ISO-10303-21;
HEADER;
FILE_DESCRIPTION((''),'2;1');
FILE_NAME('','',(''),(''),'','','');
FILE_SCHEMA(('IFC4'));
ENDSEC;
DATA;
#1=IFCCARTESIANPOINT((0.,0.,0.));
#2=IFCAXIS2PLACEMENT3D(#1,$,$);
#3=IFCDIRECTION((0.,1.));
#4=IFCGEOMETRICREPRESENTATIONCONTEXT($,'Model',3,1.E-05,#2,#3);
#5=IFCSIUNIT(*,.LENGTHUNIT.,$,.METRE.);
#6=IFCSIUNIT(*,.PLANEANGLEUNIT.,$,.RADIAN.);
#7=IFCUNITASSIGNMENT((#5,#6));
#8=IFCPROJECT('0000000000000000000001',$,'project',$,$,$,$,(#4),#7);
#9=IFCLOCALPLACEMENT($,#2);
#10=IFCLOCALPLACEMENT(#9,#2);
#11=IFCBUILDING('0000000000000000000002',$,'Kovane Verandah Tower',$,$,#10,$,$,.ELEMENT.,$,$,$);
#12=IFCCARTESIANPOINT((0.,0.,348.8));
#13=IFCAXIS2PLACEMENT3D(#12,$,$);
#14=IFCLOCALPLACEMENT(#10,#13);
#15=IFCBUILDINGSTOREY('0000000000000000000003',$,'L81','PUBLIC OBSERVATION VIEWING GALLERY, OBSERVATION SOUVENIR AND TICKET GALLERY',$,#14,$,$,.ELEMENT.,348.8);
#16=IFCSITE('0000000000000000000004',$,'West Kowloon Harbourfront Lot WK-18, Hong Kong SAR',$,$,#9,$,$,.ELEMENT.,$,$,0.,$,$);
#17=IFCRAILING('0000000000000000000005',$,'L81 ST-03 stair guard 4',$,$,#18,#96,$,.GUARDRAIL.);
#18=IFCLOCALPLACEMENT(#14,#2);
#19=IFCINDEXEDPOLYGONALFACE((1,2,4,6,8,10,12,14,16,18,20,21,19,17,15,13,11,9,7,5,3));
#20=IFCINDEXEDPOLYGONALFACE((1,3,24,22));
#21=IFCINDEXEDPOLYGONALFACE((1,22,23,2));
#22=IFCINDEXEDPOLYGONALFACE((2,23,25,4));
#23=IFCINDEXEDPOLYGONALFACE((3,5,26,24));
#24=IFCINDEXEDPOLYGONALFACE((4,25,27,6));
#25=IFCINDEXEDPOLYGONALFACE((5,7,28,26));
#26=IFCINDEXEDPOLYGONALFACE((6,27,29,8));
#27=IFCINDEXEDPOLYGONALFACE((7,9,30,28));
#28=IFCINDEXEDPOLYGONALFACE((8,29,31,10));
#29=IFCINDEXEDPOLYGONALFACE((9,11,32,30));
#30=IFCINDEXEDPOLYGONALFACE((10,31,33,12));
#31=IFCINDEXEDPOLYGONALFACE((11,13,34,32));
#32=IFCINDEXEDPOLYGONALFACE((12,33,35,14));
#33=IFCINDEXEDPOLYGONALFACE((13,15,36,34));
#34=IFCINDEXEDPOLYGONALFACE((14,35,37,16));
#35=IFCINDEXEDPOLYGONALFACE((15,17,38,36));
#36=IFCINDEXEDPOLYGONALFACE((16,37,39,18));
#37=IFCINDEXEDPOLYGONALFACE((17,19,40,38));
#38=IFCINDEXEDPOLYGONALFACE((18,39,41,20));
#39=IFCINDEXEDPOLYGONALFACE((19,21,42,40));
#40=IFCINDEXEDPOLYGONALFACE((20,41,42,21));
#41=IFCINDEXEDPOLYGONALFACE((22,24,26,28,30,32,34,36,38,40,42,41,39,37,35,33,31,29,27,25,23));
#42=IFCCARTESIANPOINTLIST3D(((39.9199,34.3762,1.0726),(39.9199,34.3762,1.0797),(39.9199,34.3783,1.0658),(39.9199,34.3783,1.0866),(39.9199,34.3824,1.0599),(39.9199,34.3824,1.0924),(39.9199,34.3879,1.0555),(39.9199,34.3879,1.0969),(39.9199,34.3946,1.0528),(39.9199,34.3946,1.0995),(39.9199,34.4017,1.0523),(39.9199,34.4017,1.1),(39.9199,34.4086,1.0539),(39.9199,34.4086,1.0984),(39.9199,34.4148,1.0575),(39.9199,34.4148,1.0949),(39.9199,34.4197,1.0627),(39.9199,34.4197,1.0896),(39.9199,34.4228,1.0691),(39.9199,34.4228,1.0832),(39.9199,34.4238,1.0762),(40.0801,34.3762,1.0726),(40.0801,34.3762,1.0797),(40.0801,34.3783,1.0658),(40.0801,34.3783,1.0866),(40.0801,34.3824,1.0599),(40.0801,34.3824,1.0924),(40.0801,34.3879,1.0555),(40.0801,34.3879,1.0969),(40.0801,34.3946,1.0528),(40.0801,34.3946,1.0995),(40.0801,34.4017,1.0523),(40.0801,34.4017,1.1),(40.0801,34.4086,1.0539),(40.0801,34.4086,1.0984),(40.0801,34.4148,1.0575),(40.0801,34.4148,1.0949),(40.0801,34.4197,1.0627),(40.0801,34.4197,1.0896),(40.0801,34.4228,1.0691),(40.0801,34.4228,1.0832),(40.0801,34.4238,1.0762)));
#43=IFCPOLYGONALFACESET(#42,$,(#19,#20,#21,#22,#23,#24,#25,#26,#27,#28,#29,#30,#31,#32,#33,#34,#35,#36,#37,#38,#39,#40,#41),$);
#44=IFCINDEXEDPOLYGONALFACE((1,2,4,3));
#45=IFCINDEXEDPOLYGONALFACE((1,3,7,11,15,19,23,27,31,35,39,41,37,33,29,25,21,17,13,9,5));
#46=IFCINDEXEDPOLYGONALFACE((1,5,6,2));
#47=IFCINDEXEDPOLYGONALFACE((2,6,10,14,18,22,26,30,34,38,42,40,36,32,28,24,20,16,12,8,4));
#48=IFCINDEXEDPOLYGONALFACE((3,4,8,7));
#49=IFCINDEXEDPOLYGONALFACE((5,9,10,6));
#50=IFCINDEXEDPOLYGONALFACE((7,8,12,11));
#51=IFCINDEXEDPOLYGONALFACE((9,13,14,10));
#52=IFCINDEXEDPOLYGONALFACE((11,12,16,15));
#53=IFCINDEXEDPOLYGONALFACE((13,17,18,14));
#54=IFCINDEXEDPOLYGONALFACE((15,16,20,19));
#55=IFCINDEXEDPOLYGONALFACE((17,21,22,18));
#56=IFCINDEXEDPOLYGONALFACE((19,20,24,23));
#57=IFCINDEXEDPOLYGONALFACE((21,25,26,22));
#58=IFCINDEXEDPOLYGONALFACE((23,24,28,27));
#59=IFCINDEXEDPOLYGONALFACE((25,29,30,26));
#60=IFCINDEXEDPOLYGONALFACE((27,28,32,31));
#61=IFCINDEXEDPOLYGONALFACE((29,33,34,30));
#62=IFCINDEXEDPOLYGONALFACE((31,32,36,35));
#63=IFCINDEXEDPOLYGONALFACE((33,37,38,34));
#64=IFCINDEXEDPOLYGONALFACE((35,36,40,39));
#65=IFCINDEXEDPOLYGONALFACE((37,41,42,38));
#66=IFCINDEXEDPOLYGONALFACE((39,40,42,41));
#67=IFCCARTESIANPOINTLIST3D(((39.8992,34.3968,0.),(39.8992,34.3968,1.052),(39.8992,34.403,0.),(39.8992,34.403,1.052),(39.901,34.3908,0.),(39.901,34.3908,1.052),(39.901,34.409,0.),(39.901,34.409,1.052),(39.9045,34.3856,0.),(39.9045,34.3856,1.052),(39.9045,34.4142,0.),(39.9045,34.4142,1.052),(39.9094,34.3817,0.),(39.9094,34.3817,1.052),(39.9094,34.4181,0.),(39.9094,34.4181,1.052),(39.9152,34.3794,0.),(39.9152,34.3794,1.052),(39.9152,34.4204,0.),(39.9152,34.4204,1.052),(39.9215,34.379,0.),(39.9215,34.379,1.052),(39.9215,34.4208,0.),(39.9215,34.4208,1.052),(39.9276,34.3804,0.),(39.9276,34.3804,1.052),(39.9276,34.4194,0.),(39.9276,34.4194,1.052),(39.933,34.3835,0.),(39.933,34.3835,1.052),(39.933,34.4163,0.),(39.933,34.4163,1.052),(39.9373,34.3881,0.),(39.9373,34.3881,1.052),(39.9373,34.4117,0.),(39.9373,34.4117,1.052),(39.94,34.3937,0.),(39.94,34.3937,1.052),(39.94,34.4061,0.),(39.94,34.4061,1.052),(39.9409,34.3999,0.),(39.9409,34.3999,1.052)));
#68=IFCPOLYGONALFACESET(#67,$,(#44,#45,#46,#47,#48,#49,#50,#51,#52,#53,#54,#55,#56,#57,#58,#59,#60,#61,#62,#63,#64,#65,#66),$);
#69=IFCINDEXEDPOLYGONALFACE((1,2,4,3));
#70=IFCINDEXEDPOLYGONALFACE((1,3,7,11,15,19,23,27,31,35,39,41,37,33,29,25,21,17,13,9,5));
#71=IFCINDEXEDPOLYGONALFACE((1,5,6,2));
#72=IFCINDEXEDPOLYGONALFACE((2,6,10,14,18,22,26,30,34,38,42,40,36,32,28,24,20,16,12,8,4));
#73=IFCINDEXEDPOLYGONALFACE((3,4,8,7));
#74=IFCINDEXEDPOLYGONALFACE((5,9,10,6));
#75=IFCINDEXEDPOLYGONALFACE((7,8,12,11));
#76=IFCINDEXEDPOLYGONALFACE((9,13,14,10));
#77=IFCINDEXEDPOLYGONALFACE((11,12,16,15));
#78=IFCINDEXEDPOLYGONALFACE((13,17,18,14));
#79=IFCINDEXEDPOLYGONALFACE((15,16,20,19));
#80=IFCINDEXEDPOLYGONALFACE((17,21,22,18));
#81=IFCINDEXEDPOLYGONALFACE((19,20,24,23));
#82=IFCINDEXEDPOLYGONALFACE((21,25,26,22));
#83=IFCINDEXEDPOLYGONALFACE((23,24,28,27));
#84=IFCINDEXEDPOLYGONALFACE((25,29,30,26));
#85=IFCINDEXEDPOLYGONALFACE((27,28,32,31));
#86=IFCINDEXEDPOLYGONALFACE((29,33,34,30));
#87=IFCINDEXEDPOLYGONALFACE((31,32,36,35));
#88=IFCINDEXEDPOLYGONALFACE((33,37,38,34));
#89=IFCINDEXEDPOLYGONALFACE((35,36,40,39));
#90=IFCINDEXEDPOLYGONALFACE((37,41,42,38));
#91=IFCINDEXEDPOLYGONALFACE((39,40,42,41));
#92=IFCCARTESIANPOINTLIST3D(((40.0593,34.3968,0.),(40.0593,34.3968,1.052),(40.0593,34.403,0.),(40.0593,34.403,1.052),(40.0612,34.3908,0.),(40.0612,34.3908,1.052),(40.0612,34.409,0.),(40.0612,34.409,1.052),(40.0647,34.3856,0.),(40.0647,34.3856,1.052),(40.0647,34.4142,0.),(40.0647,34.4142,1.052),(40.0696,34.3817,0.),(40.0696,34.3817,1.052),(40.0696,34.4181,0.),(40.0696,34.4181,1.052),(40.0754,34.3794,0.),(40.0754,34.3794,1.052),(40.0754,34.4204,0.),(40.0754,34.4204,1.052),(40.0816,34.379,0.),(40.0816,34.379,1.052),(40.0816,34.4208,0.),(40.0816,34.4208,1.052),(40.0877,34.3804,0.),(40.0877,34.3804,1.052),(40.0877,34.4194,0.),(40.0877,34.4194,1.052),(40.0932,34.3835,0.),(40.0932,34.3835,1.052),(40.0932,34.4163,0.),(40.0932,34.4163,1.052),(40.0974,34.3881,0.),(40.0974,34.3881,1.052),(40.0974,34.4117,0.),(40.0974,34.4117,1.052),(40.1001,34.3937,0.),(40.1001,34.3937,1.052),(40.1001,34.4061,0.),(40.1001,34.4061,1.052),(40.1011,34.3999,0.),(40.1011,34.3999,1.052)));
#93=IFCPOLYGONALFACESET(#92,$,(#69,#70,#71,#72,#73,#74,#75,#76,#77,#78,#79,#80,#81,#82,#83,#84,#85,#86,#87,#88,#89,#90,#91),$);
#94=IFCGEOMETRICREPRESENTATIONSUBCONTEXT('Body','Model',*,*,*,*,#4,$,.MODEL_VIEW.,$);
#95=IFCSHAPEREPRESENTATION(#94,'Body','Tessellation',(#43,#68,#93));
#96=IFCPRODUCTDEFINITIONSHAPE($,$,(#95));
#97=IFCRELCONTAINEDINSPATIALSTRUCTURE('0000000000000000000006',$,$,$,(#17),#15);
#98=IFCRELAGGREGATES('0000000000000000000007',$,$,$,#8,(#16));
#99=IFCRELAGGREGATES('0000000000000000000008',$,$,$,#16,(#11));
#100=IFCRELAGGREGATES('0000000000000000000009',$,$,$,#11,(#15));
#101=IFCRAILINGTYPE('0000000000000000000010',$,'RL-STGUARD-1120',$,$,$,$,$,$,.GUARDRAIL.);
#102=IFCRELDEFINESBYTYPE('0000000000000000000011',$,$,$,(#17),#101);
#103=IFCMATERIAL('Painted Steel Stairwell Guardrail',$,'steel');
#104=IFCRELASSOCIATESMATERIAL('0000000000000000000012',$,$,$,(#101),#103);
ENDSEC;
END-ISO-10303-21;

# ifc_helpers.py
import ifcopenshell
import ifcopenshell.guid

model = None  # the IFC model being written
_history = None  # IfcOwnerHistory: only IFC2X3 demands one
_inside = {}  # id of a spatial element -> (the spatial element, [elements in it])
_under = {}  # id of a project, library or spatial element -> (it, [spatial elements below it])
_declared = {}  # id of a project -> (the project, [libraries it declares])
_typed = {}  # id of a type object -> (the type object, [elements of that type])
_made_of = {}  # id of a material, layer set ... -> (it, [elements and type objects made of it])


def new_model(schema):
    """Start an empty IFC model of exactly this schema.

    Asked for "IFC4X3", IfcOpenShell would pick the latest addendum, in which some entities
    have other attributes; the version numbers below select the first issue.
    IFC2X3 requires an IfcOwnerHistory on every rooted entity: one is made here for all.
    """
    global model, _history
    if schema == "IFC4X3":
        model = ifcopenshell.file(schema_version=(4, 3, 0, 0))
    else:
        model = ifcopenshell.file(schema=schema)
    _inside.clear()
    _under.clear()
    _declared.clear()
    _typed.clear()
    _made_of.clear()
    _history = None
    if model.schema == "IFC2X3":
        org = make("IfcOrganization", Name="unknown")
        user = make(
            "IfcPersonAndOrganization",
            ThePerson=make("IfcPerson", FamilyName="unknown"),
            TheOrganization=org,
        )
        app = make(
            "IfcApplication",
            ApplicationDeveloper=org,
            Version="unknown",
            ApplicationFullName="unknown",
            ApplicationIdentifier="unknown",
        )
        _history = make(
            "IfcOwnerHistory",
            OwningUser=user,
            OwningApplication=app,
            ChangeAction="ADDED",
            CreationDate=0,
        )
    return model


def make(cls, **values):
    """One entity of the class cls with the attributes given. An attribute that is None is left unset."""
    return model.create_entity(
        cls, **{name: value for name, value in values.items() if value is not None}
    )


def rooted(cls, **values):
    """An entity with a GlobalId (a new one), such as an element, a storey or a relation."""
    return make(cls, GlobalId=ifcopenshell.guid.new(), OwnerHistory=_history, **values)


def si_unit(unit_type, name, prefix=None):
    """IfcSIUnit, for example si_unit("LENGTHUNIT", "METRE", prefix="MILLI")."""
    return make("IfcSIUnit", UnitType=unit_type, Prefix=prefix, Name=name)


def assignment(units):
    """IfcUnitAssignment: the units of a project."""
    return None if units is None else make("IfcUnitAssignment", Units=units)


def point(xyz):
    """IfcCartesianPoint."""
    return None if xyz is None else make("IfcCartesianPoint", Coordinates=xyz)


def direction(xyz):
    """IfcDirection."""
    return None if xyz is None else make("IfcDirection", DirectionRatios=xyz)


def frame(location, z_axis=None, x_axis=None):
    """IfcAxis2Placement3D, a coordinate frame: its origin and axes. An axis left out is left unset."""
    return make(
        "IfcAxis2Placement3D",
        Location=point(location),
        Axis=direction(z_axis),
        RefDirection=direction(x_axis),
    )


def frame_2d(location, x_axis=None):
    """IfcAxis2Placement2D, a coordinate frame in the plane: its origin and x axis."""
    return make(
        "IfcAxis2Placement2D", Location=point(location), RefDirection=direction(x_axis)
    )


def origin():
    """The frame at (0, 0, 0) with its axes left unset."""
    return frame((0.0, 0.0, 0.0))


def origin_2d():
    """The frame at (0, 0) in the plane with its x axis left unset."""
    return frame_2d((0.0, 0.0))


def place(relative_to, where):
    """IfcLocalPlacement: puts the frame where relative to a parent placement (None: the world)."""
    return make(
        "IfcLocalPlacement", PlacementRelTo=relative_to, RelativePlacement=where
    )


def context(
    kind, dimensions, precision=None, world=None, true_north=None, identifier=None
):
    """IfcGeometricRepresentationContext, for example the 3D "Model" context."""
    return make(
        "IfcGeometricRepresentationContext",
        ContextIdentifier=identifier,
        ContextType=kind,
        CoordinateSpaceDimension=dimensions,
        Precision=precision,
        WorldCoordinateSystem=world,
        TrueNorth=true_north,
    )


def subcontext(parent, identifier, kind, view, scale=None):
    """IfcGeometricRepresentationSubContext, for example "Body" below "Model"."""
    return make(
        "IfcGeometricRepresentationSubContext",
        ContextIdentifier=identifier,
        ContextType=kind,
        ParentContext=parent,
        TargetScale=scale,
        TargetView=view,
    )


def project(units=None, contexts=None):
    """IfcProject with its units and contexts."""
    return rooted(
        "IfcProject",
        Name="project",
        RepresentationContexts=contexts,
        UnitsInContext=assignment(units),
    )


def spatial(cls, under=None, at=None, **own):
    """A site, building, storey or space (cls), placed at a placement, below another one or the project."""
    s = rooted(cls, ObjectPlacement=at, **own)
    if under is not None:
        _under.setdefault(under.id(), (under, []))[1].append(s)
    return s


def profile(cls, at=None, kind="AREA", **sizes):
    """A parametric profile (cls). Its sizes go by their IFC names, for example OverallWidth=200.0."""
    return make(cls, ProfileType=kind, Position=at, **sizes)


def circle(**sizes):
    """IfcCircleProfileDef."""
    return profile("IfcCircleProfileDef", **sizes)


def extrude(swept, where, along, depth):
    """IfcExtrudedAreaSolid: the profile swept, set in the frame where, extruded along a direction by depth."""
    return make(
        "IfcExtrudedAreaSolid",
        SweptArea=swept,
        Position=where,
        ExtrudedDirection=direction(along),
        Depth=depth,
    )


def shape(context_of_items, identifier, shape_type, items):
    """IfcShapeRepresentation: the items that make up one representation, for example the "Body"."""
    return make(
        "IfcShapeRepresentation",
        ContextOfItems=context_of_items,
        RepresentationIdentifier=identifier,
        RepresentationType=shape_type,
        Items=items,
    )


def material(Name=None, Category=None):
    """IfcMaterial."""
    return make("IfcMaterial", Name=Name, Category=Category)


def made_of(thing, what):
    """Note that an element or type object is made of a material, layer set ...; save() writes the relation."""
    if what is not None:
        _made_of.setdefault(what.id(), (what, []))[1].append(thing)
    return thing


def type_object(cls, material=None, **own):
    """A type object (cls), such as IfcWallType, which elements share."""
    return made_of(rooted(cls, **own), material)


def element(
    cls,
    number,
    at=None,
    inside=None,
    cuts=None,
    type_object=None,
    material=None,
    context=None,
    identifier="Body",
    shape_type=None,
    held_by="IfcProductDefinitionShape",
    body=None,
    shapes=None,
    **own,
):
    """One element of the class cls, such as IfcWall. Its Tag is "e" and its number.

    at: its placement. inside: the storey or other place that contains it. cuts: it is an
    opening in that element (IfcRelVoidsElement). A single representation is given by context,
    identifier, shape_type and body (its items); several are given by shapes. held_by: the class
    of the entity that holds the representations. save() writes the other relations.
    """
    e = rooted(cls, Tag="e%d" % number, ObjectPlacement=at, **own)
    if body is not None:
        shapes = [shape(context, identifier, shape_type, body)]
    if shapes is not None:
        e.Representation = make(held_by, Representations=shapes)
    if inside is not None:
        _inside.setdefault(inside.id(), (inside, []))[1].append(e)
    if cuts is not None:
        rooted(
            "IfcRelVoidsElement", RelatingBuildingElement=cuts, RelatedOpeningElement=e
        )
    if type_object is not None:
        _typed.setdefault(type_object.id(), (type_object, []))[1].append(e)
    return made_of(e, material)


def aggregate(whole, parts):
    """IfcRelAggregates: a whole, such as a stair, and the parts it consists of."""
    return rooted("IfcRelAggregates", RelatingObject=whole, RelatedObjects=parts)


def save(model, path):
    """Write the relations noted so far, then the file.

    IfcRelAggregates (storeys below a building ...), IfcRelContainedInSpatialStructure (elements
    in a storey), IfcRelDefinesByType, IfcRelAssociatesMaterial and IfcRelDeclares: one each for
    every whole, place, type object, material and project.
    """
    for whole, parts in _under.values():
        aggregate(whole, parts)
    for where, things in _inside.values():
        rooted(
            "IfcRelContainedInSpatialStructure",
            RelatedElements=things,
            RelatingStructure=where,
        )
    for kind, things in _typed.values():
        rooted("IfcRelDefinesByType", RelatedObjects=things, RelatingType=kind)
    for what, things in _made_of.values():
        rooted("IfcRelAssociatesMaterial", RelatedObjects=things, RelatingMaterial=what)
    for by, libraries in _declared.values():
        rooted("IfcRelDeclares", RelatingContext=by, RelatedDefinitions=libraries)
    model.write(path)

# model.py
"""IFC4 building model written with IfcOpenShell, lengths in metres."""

from ifc_helpers import new_model, si_unit, direction, frame, origin, origin_2d, place, context, subcontext, project, spatial, circle, extrude, material, type_object, element, save


model = new_model("IFC4")

# Units and contexts
model_context = context("Model", 3, precision=1e-05, world=origin(), true_north=direction((0.0, 1.0)))
body_context = subcontext(model_context, "Body", "Model", "MODEL_VIEW")
ifc_project = project(units=[si_unit("LENGTHUNIT", "METRE"), si_unit("PLANEANGLEUNIT", "RADIAN")], contexts=[model_context])

# Site, building, storey
site_placement = place(None, origin())
site = spatial("IfcSite", under=ifc_project, at=site_placement, Name="West Kowloon Harbourfront Lot WK-18, Hong Kong SAR", CompositionType="ELEMENT", RefElevation=0.0)
building_placement = place(site_placement, origin())
building = spatial("IfcBuilding", under=site, at=building_placement, Name="Kovane Verandah Tower", CompositionType="ELEMENT")
storey_placement = place(building_placement, frame((0.0, 0.0, 348.8)))
storey = spatial("IfcBuildingStorey", under=building, at=storey_placement, Name="L81", Description="PUBLIC OBSERVATION VIEWING GALLERY, OBSERVATION SOUVENIR AND TICKET GALLERY", CompositionType="ELEMENT", Elevation=348.8)

# Railing
ifc_material_1 = material(Name="Painted Steel Stairwell Guardrail", Category="steel")
railing_type_1 = type_object("IfcRailingType", Name="RL-STGUARD-1120", PredefinedType="GUARDRAIL", material=ifc_material_1)
railing_1_placement = place(storey_placement, frame((39.9199, 34.3999, 0.0)))
element("IfcRailing", 1, at=railing_1_placement, inside=storey, type_object=railing_type_1, Name="L81 ST-03 stair guard 4", PredefinedType="GUARDRAIL", context=body_context, shape_type="SweptSolid", body=[
    extrude(circle(Radius=0.0239, at=origin_2d()), frame((0.0, 0.0, 1.0762), z_axis=(1.0, 0.0, 0.0), x_axis=(0.0, 1.0, 0.0)), (0.0, 0.0, 1.0), 0.1602),
    extrude(circle(Radius=0.021, at=origin_2d()), origin(), (0.0, 0.0, 1.0), 1.052),
    extrude(circle(Radius=0.021, at=origin_2d()), frame((0.1602, 0.0, 0.0)), (0.0, 0.0, 1.0), 1.052),
])

save(model, "model.ifc")
